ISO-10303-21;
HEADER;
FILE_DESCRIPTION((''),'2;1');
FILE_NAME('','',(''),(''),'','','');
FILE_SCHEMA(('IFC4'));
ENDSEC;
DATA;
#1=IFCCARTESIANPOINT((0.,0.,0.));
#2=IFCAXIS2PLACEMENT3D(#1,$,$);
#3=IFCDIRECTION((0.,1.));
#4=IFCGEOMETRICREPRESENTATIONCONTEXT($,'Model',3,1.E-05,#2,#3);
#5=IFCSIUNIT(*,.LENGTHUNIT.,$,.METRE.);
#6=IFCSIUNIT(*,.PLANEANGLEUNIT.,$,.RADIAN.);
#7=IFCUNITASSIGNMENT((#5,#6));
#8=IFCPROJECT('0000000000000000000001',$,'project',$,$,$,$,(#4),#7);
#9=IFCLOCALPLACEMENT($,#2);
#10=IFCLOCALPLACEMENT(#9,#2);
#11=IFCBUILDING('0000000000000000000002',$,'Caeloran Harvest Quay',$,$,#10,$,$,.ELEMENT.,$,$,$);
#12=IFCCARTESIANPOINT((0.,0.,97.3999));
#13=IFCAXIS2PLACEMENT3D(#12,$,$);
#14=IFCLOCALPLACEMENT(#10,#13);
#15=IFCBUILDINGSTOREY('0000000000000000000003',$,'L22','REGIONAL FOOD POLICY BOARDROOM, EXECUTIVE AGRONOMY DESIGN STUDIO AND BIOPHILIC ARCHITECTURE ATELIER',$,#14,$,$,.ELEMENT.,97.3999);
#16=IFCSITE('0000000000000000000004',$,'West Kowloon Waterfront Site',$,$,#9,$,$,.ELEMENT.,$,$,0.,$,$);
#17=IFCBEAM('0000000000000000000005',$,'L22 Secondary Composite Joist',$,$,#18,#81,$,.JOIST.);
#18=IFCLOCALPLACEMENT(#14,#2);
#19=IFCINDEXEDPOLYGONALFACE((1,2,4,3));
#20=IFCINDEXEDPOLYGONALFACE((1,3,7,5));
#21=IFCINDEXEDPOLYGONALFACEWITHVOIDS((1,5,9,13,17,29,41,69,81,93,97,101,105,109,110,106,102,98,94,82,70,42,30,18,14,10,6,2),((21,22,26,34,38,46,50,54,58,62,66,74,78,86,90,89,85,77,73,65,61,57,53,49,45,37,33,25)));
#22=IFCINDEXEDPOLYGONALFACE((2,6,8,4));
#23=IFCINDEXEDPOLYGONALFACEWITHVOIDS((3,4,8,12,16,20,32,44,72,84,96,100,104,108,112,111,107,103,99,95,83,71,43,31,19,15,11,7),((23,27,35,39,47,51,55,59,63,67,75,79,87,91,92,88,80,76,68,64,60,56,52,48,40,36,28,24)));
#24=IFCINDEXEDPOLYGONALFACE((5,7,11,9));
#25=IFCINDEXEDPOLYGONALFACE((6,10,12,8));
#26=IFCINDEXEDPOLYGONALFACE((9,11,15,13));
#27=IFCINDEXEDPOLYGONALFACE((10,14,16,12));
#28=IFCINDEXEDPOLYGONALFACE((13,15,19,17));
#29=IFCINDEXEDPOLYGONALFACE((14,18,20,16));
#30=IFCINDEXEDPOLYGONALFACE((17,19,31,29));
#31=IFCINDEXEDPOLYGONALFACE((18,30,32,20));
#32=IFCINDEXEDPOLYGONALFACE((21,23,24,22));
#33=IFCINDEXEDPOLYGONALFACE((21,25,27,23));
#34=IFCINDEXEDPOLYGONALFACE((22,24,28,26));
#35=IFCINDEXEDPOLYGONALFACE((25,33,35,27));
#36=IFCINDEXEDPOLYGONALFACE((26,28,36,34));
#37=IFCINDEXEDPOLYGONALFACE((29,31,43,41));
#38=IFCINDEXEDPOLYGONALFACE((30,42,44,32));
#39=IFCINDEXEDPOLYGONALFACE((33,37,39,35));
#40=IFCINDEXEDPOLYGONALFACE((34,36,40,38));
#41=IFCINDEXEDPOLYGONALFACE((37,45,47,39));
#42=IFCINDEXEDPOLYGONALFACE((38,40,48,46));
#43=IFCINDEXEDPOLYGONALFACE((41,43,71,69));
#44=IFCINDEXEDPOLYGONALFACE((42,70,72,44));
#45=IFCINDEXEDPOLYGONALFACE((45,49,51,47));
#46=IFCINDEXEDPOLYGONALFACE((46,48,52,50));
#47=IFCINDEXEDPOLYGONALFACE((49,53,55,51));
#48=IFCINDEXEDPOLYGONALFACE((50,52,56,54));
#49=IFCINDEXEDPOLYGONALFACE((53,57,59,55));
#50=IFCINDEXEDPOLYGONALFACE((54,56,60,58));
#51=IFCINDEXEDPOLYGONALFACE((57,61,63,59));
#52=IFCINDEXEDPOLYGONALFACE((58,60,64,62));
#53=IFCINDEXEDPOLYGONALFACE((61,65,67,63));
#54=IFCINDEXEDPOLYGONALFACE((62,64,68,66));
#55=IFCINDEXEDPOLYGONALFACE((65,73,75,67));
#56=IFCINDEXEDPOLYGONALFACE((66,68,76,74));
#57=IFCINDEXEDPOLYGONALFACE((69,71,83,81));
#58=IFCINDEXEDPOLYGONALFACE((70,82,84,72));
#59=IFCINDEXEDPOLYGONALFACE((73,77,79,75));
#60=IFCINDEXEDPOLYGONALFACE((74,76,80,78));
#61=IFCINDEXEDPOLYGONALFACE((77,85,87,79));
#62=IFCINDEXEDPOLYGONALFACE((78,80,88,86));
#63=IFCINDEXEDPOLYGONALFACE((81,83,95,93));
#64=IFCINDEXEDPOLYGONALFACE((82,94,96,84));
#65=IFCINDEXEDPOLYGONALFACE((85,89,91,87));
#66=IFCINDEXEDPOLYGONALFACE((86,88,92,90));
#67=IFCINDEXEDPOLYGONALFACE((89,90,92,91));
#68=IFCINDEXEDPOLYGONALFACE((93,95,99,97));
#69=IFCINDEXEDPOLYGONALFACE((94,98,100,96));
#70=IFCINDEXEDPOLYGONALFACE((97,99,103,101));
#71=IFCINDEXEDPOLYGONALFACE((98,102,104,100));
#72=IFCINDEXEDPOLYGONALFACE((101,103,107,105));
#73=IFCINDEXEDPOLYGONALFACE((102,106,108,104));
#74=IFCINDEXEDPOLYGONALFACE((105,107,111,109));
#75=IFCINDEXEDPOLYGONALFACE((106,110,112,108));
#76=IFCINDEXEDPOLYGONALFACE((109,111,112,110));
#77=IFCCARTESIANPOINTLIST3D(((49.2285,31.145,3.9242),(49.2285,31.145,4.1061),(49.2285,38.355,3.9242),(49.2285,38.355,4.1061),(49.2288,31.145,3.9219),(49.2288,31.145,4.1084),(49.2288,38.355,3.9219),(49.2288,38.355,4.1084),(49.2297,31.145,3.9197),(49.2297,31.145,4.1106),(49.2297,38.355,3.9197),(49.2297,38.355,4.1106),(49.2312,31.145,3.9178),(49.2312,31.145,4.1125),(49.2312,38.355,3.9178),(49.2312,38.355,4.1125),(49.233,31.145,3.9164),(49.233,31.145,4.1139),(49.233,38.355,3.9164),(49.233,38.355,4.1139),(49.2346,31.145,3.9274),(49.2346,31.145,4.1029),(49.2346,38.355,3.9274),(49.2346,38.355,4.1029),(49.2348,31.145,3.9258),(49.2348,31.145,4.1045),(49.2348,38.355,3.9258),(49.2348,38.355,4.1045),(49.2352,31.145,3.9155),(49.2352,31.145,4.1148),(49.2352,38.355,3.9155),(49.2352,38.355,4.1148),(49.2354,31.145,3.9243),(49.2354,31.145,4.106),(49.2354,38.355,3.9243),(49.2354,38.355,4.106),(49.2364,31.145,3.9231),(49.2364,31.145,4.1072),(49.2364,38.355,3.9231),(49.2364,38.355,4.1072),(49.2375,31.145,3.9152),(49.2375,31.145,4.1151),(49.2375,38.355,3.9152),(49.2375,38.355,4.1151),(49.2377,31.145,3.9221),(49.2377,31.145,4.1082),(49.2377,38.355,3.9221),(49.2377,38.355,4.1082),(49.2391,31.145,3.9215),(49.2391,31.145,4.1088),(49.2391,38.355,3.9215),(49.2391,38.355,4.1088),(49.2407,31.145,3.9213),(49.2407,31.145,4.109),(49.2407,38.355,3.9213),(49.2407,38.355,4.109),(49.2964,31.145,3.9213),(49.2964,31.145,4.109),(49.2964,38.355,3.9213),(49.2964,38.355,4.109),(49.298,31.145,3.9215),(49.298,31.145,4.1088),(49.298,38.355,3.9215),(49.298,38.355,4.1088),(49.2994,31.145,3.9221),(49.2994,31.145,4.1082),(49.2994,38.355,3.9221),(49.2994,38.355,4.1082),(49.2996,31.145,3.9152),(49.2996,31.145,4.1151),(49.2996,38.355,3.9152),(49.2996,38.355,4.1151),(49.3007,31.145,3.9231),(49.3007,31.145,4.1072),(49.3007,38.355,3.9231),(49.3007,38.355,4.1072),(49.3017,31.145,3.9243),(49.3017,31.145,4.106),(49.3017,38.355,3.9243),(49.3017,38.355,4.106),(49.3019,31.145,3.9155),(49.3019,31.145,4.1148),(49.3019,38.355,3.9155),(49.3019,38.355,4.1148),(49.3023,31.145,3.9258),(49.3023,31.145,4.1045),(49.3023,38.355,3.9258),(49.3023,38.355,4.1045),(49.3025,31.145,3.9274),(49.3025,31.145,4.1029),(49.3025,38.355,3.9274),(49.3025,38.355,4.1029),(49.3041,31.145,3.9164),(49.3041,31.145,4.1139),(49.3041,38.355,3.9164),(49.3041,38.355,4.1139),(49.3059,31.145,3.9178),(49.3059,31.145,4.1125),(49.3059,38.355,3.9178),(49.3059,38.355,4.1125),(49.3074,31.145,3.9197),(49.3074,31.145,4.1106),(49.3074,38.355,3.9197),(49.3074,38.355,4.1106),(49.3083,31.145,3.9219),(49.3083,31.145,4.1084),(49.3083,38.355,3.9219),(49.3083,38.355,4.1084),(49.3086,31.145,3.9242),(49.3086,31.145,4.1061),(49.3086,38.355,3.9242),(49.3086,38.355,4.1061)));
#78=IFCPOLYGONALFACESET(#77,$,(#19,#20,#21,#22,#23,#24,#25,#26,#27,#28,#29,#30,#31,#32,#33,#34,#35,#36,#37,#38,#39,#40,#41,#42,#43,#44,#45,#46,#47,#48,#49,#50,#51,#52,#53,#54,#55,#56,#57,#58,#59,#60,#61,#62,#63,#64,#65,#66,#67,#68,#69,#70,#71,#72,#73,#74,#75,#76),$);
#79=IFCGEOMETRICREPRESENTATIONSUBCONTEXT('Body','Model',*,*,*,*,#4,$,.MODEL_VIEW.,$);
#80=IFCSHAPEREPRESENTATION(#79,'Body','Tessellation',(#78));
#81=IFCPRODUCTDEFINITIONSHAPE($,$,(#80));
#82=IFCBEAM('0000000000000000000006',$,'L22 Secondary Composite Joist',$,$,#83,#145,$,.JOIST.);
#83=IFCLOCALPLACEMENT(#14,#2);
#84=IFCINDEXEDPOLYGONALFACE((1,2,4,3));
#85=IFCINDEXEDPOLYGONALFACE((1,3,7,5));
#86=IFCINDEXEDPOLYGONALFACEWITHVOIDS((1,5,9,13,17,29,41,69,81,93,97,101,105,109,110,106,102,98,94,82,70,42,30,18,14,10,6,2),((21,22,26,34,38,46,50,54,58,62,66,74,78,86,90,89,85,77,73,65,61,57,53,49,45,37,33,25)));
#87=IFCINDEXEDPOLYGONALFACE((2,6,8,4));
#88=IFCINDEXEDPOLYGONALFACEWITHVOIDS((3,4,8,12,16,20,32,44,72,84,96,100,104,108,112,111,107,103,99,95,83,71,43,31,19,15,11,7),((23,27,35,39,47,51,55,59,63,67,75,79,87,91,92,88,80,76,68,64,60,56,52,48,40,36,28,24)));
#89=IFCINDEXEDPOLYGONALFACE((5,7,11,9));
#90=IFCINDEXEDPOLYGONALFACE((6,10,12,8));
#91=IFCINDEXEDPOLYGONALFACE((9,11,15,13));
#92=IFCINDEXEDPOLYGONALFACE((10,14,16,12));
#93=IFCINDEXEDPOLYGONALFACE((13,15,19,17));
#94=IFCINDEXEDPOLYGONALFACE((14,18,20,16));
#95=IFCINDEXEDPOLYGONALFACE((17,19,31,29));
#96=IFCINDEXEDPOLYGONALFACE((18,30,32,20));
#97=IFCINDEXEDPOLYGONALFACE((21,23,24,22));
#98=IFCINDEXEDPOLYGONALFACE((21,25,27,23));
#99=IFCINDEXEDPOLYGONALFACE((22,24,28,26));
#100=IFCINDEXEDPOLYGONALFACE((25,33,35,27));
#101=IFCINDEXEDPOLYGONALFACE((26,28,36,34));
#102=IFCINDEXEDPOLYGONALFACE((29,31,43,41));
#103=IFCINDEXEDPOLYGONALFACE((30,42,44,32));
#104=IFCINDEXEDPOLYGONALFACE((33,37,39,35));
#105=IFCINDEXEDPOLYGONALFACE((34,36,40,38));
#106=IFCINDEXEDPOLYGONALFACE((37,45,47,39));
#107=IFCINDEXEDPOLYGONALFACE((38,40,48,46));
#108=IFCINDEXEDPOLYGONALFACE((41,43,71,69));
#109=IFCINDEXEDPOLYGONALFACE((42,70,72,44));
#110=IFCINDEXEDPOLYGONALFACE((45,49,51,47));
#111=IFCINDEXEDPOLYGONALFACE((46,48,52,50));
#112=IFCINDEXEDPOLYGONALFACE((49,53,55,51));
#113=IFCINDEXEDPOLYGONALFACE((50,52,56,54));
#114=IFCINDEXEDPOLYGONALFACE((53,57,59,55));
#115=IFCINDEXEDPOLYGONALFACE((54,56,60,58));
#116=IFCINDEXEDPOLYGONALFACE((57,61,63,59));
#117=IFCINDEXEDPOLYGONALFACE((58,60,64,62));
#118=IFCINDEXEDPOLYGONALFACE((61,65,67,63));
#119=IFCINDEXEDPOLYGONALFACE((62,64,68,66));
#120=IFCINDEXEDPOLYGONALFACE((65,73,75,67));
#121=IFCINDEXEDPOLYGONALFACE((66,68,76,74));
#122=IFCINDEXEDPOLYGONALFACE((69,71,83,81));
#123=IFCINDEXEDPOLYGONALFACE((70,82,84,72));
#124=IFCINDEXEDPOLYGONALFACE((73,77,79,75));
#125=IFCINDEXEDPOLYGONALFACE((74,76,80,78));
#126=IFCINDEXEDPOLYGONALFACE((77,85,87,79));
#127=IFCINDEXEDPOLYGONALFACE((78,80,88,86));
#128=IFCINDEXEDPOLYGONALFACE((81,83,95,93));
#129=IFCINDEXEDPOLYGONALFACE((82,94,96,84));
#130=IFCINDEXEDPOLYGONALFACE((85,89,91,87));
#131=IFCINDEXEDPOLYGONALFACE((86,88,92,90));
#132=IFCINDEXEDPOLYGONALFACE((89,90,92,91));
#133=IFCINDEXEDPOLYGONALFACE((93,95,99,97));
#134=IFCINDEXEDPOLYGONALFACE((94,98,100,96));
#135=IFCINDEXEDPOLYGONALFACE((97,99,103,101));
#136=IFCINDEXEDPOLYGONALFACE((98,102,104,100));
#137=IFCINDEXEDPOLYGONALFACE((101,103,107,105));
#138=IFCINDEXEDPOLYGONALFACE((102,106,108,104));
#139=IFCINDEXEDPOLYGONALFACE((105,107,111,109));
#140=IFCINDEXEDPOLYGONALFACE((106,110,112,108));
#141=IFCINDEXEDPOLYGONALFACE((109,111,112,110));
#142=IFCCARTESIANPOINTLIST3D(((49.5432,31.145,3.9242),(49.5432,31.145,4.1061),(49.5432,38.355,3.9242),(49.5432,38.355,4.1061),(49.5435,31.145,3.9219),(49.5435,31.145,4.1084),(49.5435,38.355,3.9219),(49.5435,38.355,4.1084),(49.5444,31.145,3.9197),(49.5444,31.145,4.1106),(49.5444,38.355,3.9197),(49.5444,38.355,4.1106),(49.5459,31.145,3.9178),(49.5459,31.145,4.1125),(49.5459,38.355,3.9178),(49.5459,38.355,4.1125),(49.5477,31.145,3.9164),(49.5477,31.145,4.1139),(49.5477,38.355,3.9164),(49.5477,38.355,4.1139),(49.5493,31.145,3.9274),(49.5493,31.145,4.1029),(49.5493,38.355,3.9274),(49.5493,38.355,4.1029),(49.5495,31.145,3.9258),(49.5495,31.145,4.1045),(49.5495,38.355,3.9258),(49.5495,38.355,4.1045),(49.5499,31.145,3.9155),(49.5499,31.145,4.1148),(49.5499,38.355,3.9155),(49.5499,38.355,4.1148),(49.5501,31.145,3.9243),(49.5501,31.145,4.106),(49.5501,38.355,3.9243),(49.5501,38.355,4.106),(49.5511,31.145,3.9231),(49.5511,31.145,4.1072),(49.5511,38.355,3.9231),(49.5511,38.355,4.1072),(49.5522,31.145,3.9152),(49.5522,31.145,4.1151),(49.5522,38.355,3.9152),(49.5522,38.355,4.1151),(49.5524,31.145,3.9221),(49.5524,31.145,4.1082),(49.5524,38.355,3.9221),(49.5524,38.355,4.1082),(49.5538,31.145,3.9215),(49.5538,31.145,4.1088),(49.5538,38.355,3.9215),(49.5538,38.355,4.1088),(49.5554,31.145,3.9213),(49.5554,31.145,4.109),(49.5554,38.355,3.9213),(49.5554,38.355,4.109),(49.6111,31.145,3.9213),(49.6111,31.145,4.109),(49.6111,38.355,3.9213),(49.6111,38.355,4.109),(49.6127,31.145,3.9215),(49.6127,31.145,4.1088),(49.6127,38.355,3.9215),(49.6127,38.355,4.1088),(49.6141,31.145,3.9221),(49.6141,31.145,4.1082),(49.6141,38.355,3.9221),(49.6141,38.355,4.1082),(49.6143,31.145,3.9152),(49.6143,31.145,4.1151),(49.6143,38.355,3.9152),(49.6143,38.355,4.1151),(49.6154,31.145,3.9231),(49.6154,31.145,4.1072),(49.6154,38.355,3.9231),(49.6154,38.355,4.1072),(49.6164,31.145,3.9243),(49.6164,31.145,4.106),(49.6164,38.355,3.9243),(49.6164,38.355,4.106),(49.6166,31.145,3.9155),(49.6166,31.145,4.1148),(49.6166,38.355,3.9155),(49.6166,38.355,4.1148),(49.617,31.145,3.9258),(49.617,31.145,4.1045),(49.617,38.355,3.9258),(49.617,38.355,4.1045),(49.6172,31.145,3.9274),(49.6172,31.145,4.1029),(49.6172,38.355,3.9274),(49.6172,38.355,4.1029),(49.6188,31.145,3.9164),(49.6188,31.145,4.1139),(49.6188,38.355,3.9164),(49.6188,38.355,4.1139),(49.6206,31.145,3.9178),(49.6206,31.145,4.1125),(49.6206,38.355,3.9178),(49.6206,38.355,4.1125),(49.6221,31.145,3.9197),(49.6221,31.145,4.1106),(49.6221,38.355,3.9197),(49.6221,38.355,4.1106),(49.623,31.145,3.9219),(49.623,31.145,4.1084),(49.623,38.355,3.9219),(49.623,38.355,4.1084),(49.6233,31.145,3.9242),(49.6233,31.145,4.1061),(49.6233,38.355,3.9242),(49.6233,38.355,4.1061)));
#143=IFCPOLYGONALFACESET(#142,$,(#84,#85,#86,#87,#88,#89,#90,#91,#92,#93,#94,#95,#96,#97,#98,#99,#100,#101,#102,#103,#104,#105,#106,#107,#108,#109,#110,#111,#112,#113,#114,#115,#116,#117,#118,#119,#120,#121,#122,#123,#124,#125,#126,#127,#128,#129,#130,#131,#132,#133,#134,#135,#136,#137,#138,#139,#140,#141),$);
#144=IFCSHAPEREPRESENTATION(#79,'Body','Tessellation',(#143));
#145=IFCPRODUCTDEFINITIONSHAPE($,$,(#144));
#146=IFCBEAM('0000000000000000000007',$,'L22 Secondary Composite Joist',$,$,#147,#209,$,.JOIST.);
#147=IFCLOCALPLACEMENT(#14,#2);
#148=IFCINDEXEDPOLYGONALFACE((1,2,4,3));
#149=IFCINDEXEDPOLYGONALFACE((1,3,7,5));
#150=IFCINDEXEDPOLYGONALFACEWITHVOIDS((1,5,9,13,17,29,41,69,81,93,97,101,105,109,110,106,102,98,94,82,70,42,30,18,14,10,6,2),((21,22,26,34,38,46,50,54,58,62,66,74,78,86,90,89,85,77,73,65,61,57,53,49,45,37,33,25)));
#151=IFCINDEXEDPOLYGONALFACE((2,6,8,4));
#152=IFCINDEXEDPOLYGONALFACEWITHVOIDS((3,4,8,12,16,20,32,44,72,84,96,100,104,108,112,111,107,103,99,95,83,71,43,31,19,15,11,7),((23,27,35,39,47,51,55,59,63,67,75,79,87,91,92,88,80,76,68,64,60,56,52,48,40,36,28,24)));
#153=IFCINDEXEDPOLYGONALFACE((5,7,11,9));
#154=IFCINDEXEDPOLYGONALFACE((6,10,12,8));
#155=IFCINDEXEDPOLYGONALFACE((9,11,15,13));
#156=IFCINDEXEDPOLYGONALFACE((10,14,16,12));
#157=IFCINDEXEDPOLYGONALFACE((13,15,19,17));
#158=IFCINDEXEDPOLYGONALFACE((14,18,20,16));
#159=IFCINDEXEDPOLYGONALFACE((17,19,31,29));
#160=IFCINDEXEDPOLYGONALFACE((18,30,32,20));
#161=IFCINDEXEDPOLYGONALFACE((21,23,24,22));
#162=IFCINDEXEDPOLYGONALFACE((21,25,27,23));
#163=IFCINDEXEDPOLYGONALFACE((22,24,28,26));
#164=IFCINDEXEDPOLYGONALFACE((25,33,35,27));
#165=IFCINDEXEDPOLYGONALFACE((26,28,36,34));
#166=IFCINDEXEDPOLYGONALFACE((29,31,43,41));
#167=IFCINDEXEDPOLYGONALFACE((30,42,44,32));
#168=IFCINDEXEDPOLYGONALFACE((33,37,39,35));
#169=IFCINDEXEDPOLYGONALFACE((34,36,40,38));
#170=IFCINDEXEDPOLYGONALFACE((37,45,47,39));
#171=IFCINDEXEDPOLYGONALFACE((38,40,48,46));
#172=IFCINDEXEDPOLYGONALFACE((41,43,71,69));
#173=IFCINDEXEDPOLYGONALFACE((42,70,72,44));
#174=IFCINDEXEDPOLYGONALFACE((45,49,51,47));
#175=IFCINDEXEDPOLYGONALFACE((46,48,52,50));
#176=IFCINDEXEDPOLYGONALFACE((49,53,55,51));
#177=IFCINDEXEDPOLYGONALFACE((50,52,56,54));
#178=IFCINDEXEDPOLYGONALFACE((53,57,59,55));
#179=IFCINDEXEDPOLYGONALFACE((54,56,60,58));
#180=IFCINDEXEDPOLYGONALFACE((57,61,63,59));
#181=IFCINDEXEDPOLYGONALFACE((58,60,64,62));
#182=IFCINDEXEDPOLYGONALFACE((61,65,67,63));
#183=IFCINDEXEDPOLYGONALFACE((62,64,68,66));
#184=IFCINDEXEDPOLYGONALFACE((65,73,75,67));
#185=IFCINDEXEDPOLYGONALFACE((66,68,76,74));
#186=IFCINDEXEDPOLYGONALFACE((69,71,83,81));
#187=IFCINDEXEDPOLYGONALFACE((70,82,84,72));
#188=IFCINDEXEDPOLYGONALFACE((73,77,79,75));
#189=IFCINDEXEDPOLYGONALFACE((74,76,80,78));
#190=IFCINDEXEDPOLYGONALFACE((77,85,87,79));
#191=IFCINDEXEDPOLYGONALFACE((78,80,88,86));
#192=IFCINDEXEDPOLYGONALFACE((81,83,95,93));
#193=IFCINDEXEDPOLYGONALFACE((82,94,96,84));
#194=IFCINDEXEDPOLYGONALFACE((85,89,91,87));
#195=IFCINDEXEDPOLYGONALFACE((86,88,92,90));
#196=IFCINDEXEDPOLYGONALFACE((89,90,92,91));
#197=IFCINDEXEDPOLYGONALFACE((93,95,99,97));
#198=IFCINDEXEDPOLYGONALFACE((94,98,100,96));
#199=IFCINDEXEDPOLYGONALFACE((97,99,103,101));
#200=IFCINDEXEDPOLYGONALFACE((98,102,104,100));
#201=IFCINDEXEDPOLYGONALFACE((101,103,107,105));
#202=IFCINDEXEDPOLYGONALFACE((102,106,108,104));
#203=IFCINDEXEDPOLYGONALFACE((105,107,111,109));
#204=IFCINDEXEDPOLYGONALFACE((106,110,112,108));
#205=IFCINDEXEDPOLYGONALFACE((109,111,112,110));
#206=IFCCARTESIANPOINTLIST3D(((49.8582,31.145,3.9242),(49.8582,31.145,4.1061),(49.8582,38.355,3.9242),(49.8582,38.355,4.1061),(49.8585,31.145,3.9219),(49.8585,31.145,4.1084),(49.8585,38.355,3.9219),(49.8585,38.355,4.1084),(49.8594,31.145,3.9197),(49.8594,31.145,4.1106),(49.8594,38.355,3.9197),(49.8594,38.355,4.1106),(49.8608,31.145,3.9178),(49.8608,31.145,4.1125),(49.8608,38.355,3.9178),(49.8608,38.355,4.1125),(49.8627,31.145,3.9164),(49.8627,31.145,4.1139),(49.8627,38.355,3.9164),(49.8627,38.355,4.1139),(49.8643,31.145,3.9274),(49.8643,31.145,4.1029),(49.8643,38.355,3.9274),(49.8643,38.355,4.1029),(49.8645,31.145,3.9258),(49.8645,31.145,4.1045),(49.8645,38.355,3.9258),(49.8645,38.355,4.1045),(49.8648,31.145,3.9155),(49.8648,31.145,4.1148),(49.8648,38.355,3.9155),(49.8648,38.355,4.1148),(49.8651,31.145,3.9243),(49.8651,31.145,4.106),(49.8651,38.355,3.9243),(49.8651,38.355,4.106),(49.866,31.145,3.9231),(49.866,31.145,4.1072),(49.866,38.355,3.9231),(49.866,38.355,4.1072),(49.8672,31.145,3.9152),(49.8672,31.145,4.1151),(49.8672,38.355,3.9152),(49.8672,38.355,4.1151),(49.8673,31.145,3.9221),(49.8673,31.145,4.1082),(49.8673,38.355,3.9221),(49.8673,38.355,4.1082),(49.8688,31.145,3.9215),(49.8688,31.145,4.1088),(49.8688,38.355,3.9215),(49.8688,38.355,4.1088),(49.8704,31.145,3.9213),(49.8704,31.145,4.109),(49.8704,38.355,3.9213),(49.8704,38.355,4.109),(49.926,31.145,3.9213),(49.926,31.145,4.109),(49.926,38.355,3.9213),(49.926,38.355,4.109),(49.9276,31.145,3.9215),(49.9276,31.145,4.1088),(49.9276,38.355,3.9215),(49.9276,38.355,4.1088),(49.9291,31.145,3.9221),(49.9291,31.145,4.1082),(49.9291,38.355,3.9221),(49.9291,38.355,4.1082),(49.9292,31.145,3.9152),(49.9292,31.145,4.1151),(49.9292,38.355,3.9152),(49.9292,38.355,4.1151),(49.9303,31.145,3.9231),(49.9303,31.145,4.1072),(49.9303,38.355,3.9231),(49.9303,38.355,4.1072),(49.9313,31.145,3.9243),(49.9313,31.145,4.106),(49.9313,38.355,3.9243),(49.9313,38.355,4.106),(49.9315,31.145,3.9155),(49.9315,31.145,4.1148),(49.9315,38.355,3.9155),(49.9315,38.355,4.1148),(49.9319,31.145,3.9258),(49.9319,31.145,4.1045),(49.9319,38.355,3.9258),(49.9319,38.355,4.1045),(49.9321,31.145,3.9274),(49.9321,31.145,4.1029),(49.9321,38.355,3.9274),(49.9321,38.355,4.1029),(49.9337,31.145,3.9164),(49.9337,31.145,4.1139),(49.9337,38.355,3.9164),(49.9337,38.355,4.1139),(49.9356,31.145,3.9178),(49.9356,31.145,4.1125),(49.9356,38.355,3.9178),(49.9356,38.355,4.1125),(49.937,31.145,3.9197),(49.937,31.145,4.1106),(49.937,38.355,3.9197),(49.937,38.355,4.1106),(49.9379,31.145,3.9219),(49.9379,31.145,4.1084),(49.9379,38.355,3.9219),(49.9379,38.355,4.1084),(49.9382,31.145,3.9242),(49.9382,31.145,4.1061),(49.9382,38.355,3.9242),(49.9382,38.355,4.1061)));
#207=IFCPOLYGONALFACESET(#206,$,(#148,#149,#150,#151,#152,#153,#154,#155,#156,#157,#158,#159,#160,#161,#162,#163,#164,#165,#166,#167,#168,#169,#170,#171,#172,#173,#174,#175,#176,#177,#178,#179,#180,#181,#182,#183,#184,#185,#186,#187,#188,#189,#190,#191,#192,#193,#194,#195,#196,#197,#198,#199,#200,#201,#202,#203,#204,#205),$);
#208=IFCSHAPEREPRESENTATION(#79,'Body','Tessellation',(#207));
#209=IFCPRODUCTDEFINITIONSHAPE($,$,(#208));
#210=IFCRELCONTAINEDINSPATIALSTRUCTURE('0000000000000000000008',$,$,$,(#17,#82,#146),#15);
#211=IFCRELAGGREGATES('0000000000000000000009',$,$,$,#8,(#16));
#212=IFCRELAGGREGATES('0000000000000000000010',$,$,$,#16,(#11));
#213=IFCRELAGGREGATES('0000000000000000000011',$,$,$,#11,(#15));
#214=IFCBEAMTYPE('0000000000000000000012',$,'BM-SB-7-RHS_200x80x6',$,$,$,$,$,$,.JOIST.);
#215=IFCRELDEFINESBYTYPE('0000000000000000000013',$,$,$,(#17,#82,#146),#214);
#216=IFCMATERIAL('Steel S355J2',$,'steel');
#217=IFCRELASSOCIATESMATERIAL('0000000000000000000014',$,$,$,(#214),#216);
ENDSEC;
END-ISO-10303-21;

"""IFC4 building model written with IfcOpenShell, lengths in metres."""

from ifc_helpers import new_model, si_unit, direction, frame, origin, origin_2d, place, context, subcontext, project, spatial, hollow_rectangle, extrude, material, material_profile, profile_set, type_object, element, save


model = new_model("IFC4")

# Units and contexts
model_context = context("Model", 3, precision=1e-05, world=origin(), true_north=direction((0.0, 1.0)))
body_context = subcontext(model_context, "Body", "Model", "MODEL_VIEW")
ifc_project = project(units=[si_unit("LENGTHUNIT", "METRE"), si_unit("PLANEANGLEUNIT", "RADIAN")], contexts=[model_context])

# Site, building, storey
site_placement = place(None, origin())
site = spatial("IfcSite", under=ifc_project, at=site_placement, Name="West Kowloon Waterfront Site", CompositionType="ELEMENT", RefElevation=0.0)
building_placement = place(site_placement, origin())
building = spatial("IfcBuilding", under=site, at=building_placement, Name="Caeloran Harvest Quay", CompositionType="ELEMENT")
storey_placement = place(building_placement, frame((0.0, 0.0, 97.3999)))
storey = spatial("IfcBuildingStorey", under=building, at=storey_placement, Name="L22", Description="REGIONAL FOOD POLICY BOARDROOM, EXECUTIVE AGRONOMY DESIGN STUDIO AND BIOPHILIC ARCHITECTURE ATELIER", CompositionType="ELEMENT", Elevation=97.3999)

# Beams
ifc_material_1 = material(Name="Steel S355J2", Category="steel")
ifc_material_profile_1 = material_profile(ifc_material_1, hollow_rectangle(XDim=0.0801, YDim=0.2, WallThickness=0.0061, InnerFilletRadius=0.0061, OuterFilletRadius=0.009, at=origin_2d()), Name="RHS 200x80x6")
ifc_profile_set_1 = profile_set([ifc_material_profile_1], Name="Steel S355J2")
beam_type_1 = type_object("IfcBeamType", Name="BM-SB-7-RHS_200x80x6", PredefinedType="JOIST", material=ifc_profile_set_1)
for number, where, z_axis, x_axis, name in (
    (1, (49.2686, 31.145, 4.0151), (0.0, 1.0, 0.0), (-1.0, 0.0, 0.0), "L22 Secondary Composite Joist"),
    (2, (49.5833, 31.145, 4.0151), (0.0, 1.0, 0.0), (-1.0, 0.0, 0.0), "L22 Secondary Composite Joist"),
    (3, (49.8982, 31.145, 4.0151), (0.0, 1.0, 0.0), (-1.0, 0.0, 0.0), "L22 Secondary Composite Joist"),
):
    element("IfcBeam", number, at=place(storey_placement, frame(where, z_axis=z_axis, x_axis=x_axis)), inside=storey, type_object=beam_type_1, Name=name, PredefinedType="JOIST", context=body_context, shape_type="SweptSolid", body=[
        extrude(hollow_rectangle(XDim=0.0801, YDim=0.2, WallThickness=0.0061, InnerFilletRadius=0.0061, OuterFilletRadius=0.009, at=origin_2d()), origin(), (0.0, 0.0, 1.0), 7.21),
    ])

save(model, "model.ifc")
